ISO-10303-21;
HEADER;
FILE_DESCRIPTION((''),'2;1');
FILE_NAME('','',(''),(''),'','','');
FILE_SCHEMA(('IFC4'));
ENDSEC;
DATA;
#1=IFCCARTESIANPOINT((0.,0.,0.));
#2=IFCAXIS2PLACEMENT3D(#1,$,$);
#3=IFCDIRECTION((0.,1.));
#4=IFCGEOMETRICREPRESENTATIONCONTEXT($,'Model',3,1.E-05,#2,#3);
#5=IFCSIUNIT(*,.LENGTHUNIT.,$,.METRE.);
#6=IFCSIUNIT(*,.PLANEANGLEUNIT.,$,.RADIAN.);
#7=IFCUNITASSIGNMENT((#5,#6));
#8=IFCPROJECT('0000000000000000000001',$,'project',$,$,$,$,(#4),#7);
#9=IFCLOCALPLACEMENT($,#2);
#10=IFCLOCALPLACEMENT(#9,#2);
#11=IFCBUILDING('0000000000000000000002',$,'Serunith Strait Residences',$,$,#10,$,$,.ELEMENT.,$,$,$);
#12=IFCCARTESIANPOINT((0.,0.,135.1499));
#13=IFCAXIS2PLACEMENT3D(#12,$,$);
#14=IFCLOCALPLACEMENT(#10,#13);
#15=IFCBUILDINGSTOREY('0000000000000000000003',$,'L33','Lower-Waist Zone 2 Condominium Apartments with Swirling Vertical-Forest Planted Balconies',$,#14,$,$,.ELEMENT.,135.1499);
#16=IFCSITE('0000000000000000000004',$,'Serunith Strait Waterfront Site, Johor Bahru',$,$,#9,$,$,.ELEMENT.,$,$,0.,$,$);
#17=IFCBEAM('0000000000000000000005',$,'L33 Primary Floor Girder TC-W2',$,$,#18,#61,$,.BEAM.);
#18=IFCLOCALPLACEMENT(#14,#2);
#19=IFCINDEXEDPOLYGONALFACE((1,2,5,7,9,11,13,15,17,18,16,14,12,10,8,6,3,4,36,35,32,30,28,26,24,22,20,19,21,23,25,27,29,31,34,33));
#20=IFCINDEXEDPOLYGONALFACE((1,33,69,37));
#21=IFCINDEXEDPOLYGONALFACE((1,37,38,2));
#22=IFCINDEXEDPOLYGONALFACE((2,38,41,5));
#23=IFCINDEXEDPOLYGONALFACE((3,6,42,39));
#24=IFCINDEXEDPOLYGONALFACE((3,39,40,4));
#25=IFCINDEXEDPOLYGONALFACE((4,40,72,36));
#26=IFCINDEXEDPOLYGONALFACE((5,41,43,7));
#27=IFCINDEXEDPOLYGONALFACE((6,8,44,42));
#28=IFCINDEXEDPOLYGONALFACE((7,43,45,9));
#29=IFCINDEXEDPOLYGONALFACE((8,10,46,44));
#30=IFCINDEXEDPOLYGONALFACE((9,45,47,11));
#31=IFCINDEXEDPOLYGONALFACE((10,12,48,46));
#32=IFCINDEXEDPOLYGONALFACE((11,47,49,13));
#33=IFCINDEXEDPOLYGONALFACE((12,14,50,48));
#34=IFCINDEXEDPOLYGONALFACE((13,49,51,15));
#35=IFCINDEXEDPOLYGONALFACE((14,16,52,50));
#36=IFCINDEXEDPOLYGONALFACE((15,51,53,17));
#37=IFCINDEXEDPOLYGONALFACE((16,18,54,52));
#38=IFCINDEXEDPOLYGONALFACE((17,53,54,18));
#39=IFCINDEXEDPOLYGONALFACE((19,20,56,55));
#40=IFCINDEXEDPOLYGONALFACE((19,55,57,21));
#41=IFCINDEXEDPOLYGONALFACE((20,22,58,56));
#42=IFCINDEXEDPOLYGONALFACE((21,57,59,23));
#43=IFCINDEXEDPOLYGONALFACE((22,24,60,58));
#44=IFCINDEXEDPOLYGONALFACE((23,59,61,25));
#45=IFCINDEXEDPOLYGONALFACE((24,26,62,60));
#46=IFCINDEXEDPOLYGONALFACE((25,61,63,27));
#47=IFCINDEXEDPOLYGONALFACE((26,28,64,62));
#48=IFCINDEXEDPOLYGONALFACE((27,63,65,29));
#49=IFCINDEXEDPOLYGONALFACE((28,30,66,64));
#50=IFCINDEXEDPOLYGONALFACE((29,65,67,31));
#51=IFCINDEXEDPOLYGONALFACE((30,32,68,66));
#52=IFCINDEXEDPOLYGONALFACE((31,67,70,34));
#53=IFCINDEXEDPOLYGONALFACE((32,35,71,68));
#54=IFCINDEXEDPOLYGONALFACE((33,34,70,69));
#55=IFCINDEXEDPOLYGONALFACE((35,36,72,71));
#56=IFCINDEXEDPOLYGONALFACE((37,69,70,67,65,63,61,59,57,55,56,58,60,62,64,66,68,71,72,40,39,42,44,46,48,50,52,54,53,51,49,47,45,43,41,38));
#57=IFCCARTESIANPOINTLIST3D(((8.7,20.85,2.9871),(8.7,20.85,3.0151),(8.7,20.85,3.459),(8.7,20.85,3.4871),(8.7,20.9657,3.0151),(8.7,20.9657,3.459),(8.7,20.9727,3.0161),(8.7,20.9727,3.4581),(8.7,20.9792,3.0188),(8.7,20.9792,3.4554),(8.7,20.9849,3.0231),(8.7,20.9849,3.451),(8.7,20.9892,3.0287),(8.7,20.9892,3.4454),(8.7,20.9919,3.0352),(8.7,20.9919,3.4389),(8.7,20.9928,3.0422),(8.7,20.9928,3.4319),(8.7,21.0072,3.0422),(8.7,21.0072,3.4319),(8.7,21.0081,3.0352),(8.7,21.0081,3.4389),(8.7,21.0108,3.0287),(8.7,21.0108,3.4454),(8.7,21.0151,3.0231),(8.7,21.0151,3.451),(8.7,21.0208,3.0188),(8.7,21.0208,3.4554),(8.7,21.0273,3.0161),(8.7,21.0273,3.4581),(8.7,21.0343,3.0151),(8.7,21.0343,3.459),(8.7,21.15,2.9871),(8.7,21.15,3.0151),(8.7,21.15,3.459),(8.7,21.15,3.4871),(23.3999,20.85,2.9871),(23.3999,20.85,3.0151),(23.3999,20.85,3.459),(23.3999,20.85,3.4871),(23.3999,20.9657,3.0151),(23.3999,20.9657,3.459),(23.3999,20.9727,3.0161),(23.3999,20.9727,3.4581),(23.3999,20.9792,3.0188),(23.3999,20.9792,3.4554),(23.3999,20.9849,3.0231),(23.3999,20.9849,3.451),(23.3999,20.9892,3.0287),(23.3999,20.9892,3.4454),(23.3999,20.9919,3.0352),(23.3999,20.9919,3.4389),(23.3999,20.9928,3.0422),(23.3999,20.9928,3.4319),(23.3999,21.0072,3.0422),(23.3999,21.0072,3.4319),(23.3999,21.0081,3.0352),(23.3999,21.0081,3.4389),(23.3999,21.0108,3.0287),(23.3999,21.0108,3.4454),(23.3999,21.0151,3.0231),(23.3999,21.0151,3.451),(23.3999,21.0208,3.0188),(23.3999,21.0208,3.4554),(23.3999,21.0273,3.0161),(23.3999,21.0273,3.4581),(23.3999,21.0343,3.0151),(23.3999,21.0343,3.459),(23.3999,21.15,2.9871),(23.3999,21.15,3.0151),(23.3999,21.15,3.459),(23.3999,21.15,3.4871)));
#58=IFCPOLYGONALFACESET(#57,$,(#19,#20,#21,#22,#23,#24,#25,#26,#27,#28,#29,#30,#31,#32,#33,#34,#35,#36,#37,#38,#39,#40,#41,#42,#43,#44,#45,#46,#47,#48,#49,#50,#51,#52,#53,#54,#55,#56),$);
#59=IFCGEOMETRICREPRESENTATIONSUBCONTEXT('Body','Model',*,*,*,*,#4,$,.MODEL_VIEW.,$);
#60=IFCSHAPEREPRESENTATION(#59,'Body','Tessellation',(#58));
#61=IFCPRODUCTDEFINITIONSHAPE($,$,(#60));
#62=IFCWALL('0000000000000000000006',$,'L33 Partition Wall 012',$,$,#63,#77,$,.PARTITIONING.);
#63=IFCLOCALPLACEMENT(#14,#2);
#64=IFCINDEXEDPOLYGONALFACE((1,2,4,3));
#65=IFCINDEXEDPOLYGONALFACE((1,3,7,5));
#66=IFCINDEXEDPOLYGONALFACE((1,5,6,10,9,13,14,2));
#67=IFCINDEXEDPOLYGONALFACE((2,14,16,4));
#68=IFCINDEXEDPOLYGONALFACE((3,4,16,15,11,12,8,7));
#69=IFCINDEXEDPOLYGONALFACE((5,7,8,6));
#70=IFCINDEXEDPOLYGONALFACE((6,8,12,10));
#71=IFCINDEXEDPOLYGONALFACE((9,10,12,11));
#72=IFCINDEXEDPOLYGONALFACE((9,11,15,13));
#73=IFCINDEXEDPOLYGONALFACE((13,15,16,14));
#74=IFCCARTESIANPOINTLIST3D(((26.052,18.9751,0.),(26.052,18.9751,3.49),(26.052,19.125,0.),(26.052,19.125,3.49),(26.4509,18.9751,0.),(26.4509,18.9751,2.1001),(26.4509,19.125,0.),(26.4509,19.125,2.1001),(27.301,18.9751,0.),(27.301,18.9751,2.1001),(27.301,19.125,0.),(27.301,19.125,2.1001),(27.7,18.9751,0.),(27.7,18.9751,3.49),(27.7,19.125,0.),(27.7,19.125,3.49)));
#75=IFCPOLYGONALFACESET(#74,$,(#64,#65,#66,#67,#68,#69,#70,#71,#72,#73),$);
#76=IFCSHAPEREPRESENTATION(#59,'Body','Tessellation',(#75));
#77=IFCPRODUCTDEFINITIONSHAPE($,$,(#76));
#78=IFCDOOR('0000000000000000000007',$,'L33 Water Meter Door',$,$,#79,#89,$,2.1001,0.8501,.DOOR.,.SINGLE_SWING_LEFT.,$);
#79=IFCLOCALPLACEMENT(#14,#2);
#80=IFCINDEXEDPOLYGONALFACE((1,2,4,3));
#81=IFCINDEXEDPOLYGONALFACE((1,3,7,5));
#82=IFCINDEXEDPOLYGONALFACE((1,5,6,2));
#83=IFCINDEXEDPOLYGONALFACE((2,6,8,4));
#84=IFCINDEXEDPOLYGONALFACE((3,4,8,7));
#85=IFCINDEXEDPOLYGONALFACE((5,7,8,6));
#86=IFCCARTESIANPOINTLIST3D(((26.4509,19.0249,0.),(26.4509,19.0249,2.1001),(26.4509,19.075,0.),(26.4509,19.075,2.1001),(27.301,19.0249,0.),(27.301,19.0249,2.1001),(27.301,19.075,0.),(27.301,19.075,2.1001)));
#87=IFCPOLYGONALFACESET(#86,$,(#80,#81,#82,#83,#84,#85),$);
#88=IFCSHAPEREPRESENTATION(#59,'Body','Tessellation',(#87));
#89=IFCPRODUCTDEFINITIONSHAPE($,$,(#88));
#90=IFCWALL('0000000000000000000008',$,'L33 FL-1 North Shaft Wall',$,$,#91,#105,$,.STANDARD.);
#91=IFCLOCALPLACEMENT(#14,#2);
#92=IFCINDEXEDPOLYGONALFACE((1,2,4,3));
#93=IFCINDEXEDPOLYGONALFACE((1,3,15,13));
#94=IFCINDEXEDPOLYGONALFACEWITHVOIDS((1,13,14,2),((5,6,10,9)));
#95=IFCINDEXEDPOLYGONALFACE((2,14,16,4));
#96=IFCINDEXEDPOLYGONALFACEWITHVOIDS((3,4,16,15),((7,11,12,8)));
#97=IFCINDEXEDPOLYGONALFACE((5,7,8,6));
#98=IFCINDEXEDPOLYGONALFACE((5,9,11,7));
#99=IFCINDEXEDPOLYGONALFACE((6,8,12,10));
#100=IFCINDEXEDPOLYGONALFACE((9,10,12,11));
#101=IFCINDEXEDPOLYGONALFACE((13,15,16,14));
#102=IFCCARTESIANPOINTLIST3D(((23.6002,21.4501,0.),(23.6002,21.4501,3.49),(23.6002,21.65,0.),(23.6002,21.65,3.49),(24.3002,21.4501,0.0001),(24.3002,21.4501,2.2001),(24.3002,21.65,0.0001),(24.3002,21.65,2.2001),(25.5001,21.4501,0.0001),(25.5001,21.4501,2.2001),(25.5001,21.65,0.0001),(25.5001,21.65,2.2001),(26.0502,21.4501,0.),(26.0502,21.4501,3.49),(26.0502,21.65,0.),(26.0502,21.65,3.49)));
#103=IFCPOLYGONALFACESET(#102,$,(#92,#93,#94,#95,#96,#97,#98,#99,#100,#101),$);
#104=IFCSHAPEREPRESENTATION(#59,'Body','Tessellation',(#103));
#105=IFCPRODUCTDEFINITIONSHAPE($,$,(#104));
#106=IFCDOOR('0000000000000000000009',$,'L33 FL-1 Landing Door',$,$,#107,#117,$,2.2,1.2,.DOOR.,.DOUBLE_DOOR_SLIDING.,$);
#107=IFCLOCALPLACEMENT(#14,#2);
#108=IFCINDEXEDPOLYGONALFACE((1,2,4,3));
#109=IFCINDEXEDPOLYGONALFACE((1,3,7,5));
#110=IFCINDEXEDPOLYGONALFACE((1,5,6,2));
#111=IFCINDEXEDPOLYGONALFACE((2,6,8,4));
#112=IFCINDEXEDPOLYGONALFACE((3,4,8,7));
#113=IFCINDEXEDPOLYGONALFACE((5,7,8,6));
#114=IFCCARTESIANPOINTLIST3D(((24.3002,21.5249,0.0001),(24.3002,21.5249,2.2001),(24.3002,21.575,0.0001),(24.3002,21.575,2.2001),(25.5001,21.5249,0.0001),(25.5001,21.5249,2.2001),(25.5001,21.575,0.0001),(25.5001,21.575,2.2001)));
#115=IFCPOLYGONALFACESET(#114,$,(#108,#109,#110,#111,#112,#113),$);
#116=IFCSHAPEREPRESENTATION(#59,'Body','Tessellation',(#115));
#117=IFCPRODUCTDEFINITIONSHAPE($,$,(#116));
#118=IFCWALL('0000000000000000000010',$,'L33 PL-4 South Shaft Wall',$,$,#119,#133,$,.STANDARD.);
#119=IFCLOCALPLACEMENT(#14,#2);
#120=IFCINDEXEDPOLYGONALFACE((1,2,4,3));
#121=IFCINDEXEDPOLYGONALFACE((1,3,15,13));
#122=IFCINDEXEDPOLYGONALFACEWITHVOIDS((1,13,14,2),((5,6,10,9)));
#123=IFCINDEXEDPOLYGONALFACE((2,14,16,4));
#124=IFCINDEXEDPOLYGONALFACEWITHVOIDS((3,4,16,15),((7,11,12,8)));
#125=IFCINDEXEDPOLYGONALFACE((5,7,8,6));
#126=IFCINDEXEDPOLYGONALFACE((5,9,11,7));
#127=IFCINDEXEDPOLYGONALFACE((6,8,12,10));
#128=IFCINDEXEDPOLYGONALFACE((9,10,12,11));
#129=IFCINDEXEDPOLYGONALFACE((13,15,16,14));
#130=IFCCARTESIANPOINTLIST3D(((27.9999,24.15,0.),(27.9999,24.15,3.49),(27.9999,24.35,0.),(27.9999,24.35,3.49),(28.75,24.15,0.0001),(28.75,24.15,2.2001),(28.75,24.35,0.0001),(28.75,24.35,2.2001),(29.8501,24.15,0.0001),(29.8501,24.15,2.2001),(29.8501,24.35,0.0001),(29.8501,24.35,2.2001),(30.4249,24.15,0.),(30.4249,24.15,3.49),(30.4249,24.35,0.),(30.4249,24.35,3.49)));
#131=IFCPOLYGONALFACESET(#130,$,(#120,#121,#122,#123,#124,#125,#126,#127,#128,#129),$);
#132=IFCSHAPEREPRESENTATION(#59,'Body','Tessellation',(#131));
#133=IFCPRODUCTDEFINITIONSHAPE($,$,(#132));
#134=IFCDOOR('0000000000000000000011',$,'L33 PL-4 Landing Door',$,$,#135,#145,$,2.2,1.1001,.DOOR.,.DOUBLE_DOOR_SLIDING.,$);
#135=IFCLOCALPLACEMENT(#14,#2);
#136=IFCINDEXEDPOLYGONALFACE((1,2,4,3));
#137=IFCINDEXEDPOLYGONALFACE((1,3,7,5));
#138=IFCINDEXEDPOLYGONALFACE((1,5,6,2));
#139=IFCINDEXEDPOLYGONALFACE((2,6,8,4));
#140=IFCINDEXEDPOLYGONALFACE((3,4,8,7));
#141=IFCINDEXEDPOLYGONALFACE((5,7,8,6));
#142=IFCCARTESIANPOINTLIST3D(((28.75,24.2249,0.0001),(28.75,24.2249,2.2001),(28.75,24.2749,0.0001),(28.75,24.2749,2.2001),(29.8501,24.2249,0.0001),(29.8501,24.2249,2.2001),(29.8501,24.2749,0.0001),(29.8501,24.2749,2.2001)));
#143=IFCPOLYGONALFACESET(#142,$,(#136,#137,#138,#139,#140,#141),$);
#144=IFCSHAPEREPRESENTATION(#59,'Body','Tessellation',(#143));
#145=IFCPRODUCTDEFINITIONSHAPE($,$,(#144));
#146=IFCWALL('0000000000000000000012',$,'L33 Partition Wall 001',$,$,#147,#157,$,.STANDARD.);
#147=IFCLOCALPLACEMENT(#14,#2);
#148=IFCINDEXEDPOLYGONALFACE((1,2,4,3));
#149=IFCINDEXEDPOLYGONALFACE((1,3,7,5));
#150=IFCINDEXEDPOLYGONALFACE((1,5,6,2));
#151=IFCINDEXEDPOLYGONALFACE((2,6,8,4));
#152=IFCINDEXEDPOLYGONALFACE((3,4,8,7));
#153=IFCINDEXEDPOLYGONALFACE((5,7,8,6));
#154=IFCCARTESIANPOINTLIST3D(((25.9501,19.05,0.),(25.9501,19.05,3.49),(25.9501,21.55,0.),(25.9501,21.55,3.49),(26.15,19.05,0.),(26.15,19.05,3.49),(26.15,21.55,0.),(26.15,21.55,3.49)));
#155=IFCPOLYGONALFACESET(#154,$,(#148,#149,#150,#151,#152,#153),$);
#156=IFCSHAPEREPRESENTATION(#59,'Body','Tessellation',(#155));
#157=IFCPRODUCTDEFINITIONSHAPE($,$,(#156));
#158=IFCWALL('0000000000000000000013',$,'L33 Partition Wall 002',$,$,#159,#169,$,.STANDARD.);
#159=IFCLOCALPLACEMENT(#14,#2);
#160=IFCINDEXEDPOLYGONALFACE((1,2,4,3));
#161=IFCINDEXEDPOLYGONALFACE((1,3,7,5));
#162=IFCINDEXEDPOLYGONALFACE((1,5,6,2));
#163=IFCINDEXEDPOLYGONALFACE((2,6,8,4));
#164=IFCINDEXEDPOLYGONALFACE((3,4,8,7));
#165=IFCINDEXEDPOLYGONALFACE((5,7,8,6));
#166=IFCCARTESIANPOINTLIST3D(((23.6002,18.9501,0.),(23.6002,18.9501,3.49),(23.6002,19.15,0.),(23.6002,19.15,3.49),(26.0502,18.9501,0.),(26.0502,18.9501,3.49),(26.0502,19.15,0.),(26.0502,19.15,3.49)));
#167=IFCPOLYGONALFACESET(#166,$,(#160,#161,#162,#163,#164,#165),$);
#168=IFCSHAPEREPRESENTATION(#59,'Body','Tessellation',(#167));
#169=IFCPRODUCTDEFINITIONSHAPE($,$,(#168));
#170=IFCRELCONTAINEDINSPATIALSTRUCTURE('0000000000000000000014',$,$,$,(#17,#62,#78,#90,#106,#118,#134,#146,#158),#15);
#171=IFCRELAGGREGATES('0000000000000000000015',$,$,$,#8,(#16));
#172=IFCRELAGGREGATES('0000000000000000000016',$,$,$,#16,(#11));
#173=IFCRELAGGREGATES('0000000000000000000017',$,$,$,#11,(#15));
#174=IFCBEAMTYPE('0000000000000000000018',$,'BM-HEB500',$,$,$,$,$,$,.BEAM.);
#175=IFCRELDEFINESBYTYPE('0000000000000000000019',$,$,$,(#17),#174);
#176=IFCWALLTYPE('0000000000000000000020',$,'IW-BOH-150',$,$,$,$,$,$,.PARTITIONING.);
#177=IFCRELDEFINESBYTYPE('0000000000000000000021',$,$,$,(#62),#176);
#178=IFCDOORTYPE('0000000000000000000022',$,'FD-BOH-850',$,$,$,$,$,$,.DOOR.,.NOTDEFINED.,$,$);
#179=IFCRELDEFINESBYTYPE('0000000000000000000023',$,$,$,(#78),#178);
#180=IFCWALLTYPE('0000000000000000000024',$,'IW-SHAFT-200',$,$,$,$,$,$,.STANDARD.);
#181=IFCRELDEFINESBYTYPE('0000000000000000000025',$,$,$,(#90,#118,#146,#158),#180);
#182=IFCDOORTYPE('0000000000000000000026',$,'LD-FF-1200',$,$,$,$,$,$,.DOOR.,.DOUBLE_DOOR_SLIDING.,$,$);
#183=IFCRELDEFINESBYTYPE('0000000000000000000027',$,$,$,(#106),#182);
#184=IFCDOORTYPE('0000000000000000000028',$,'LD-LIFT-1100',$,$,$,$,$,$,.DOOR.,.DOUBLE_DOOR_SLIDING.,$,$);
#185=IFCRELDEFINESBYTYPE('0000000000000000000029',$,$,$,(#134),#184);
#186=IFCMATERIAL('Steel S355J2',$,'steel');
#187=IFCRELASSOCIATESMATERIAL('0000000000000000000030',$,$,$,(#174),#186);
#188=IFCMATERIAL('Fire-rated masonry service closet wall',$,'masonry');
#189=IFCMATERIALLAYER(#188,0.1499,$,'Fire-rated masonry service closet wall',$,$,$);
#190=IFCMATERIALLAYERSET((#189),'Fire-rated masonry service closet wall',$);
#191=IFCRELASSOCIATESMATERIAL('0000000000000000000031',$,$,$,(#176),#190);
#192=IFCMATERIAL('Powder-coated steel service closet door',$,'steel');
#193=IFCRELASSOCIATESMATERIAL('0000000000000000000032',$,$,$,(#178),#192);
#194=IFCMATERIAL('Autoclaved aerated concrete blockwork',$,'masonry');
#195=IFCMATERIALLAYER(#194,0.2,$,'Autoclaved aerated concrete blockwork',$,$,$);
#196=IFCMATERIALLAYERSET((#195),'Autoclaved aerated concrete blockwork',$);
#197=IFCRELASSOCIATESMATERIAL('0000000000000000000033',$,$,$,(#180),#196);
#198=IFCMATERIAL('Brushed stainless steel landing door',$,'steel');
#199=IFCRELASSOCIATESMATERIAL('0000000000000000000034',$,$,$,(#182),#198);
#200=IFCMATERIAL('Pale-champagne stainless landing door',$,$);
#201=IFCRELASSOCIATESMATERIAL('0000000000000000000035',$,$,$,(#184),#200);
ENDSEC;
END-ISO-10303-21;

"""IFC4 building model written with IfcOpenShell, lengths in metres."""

from ifc_helpers import new_model, si_unit, direction, frame, frame_2d, origin, origin_2d, place, context, subcontext, project, spatial, rectangle, i_section, extrude, source, transform, mapped, material, layer, layer_set, material_profile, profile_set, type_object, element, fill, save


model = new_model("IFC4")

# Units and contexts
model_context = context("Model", 3, precision=1e-05, world=origin(), true_north=direction((0.0, 1.0)))
body_context = subcontext(model_context, "Body", "Model", "MODEL_VIEW")
ifc_project = project(units=[si_unit("LENGTHUNIT", "METRE"), si_unit("PLANEANGLEUNIT", "RADIAN")], contexts=[model_context])

# Site, building, storey
site_placement = place(None, origin())
site = spatial("IfcSite", under=ifc_project, at=site_placement, Name="Serunith Strait Waterfront Site, Johor Bahru", CompositionType="ELEMENT", RefElevation=0.0)
building_placement = place(site_placement, origin())
building = spatial("IfcBuilding", under=site, at=building_placement, Name="Serunith Strait Residences", CompositionType="ELEMENT")
storey_placement = place(building_placement, frame((0.0, 0.0, 135.1499)))
storey = spatial("IfcBuildingStorey", under=building, at=storey_placement, Name="L33", Description="Lower-Waist Zone 2 Condominium Apartments with Swirling Vertical-Forest Planted Balconies", CompositionType="ELEMENT", Elevation=135.1499)

# Beam
ifc_material_1 = material(Name="Steel S355J2", Category="steel")
ifc_material_profile = material_profile(ifc_material_1, i_section(OverallWidth=0.3, OverallDepth=0.5, WebThickness=0.0144, FlangeThickness=0.0281, FilletRadius=0.0271, at=origin_2d()), Name="HEB 500")
ifc_profile_set = profile_set([ifc_material_profile], Name="Steel S355J2")
beam_type = type_object("IfcBeamType", Name="BM-HEB500", PredefinedType="BEAM", material=ifc_profile_set)
shared_shape_1 = source(origin(), body_context, "Body", "SweptSolid", [
    extrude(i_section(OverallWidth=0.3, OverallDepth=0.5, WebThickness=0.0144, FlangeThickness=0.0281, FilletRadius=0.0271, at=origin_2d()), origin(), (0.0, 0.0, 1.0), 14.7),
])
beam_placement = place(storey_placement, frame((23.3999, 21.0, 3.2371), z_axis=(-1.0, 0.0, 0.0), x_axis=(0.0, -1.0, 0.0)))
element("IfcBeam", 1, at=beam_placement, inside=storey, type_object=beam_type, Name="L33 Primary Floor Girder TC-W2", PredefinedType="BEAM", context=body_context, shape_type="MappedRepresentation", body=[
    mapped(shared_shape_1, transform((0.0, 0.0, 0.0), scale=1.0)),
])

# Walls, openings, doors
ifc_material_2 = material(Name="Fire-rated masonry service closet wall", Category="masonry")
ifc_layer_1 = layer(ifc_material_2, 0.1499, Name="Fire-rated masonry service closet wall")
ifc_layer_set_1 = layer_set([ifc_layer_1], Name="Fire-rated masonry service closet wall")
wall_type_1 = type_object("IfcWallType", Name="IW-BOH-150", PredefinedType="PARTITIONING", material=ifc_layer_set_1)
wall_1_placement = place(storey_placement, frame((26.052, 19.05, 0.0), z_axis=(0.0, 0.0, 1.0), x_axis=(1.0, 0.0, 0.0)))
wall_1 = element("IfcWall", 2, at=wall_1_placement, inside=storey, type_object=wall_type_1, Name="L33 Partition Wall 012", PredefinedType="PARTITIONING", context=body_context, shape_type="SweptSolid", body=[
    extrude(rectangle(XDim=1.6479, YDim=0.1499, at=frame_2d((0.824, 0.0))), origin(), (0.0, 0.0, 1.0), 3.49),
])
opening_1_placement = place(wall_1_placement, frame((0.3989, 0.0, 0.0)))
opening_1 = element("IfcOpeningElement", 3, at=opening_1_placement, cuts=wall_1, PredefinedType="OPENING", context=body_context, shape_type="SweptSolid", body=[
    extrude(rectangle(XDim=0.8501, YDim=2.1001, at=frame_2d((0.425, 1.05))), frame((0.0, 0.085, 0.0), z_axis=(0.0, -1.0, 0.0), x_axis=(1.0, 0.0, 0.0)), (0.0, 0.0, 1.0), 0.1699),
])
ifc_material_3 = material(Name="Powder-coated steel service closet door", Category="steel")
door_type_1 = type_object("IfcDoorType", Name="FD-BOH-850", OperationType="NOTDEFINED", PredefinedType="DOOR", material=ifc_material_3)
shared_shape_2 = source(origin(), body_context, "Body", "SweptSolid", [
    extrude(rectangle(XDim=0.8501, YDim=2.1001, at=frame_2d((0.425, 1.05))), frame((0.0, 0.0249, 0.0), z_axis=(0.0, -1.0, 0.0), x_axis=(1.0, 0.0, 0.0)), (0.0, 0.0, 1.0), 0.05),
])
door_1_placement = place(opening_1_placement, origin())
door_1 = element("IfcDoor", 4, at=door_1_placement, inside=storey, type_object=door_type_1, Name="L33 Water Meter Door", OperationType="SINGLE_SWING_LEFT", OverallHeight=2.1001, OverallWidth=0.8501, PredefinedType="DOOR", context=body_context, shape_type="MappedRepresentation", body=[
    mapped(shared_shape_2, transform((0.0, 0.0, 0.0), scale=1.0)),
])
fill(opening_1, door_1)
ifc_material_4 = material(Name="Autoclaved aerated concrete blockwork", Category="masonry")
ifc_layer_2 = layer(ifc_material_4, 0.2, Name="Autoclaved aerated concrete blockwork")
ifc_layer_set_2 = layer_set([ifc_layer_2], Name="Autoclaved aerated concrete blockwork")
wall_type_2 = type_object("IfcWallType", Name="IW-SHAFT-200", PredefinedType="STANDARD", material=ifc_layer_set_2)
wall_2_placement = place(storey_placement, frame((23.6001, 21.55, 0.0), z_axis=(0.0, 0.0, 1.0), x_axis=(1.0, 0.0, 0.0)))
wall_2 = element("IfcWall", 5, at=wall_2_placement, inside=storey, type_object=wall_type_2, Name="L33 FL-1 North Shaft Wall", PredefinedType="STANDARD", context=body_context, shape_type="SweptSolid", body=[
    extrude(rectangle(XDim=2.45, YDim=0.2, at=frame_2d((1.2251, 0.0))), origin(), (0.0, 0.0, 1.0), 3.49),
])
opening_2_placement = place(wall_2_placement, frame((0.7, 0.0, 0.0)))
opening_2 = element("IfcOpeningElement", 6, at=opening_2_placement, cuts=wall_2, PredefinedType="OPENING", context=body_context, shape_type="SweptSolid", body=[
    extrude(rectangle(XDim=1.2, YDim=2.2, at=frame_2d((0.6001, 1.1001))), frame((0.0, 0.1099, 0.0), z_axis=(0.0, -1.0, 0.0), x_axis=(1.0, 0.0, 0.0)), (0.0, 0.0, 1.0), 0.22),
])
ifc_material_5 = material(Name="Brushed stainless steel landing door", Category="steel")
door_type_2 = type_object("IfcDoorType", Name="LD-FF-1200", OperationType="DOUBLE_DOOR_SLIDING", PredefinedType="DOOR", material=ifc_material_5)
shared_shape_3 = source(origin(), body_context, "Body", "SweptSolid", [
    extrude(rectangle(XDim=1.2, YDim=2.2, at=frame_2d((0.6001, 1.1001))), frame((0.0, 0.0249, 0.0), z_axis=(0.0, -1.0, 0.0), x_axis=(1.0, 0.0, 0.0)), (0.0, 0.0, 1.0), 0.05),
])
door_2_placement = place(opening_2_placement, origin())
door_2 = element("IfcDoor", 7, at=door_2_placement, inside=storey, type_object=door_type_2, Name="L33 FL-1 Landing Door", OperationType="DOUBLE_DOOR_SLIDING", OverallHeight=2.2, OverallWidth=1.2, PredefinedType="DOOR", context=body_context, shape_type="MappedRepresentation", body=[
    mapped(shared_shape_3, transform((0.0, 0.0, 0.0), scale=1.0)),
])
fill(opening_2, door_2)
wall_3_placement = place(storey_placement, frame((28.0, 24.25, 0.0), z_axis=(0.0, 0.0, 1.0), x_axis=(1.0, 0.0, 0.0)))
wall_3 = element("IfcWall", 8, at=wall_3_placement, inside=storey, type_object=wall_type_2, Name="L33 PL-4 South Shaft Wall", PredefinedType="STANDARD", context=body_context, shape_type="SweptSolid", body=[
    extrude(rectangle(XDim=2.425, YDim=0.2, at=frame_2d((1.2124, 0.0))), origin(), (0.0, 0.0, 1.0), 3.49),
])
opening_3_placement = place(wall_3_placement, frame((0.75, 0.0, 0.0)))
opening_3 = element("IfcOpeningElement", 9, at=opening_3_placement, cuts=wall_3, PredefinedType="OPENING", context=body_context, shape_type="SweptSolid", body=[
    extrude(rectangle(XDim=1.1001, YDim=2.2, at=frame_2d((0.55, 1.1001))), frame((0.0, 0.1099, 0.0), z_axis=(0.0, -1.0, 0.0), x_axis=(1.0, 0.0, 0.0)), (0.0, 0.0, 1.0), 0.22),
])
ifc_material_6 = material(Name="Pale-champagne stainless landing door")
door_type_3 = type_object("IfcDoorType", Name="LD-LIFT-1100", OperationType="DOUBLE_DOOR_SLIDING", PredefinedType="DOOR", material=ifc_material_6)
shared_shape_4 = source(origin(), body_context, "Body", "SweptSolid", [
    extrude(rectangle(XDim=1.1001, YDim=2.2, at=frame_2d((0.55, 1.1001))), frame((0.0, 0.0249, 0.0), z_axis=(0.0, -1.0, 0.0), x_axis=(1.0, 0.0, 0.0)), (0.0, 0.0, 1.0), 0.05),
])
door_3_placement = place(opening_3_placement, origin())
door_3 = element("IfcDoor", 10, at=door_3_placement, inside=storey, type_object=door_type_3, Name="L33 PL-4 Landing Door", OperationType="DOUBLE_DOOR_SLIDING", OverallHeight=2.2, OverallWidth=1.1001, PredefinedType="DOOR", context=body_context, shape_type="MappedRepresentation", body=[
    mapped(shared_shape_4, transform((0.0, 0.0, 0.0), scale=1.0)),
])
fill(opening_3, door_3)

# Walls
wall_4_placement = place(storey_placement, frame((26.05, 19.05, 0.0), z_axis=(0.0, 0.0, 1.0), x_axis=(0.0, 1.0, 0.0)))
element("IfcWall", 11, at=wall_4_placement, inside=storey, type_object=wall_type_2, Name="L33 Partition Wall 001", PredefinedType="STANDARD", context=body_context, shape_type="SweptSolid", body=[
    extrude(rectangle(XDim=2.5, YDim=0.2, at=frame_2d((1.25, 0.0))), origin(), (0.0, 0.0, 1.0), 3.49),
])
wall_5_placement = place(storey_placement, frame((23.6001, 19.05, 0.0), z_axis=(0.0, 0.0, 1.0), x_axis=(1.0, 0.0, 0.0)))
element("IfcWall", 12, at=wall_5_placement, inside=storey, type_object=wall_type_2, Name="L33 Partition Wall 002", PredefinedType="STANDARD", context=body_context, shape_type="SweptSolid", body=[
    extrude(rectangle(XDim=2.45, YDim=0.2, at=frame_2d((1.2251, 0.0))), origin(), (0.0, 0.0, 1.0), 3.49),
])

save(model, "model.ifc")
